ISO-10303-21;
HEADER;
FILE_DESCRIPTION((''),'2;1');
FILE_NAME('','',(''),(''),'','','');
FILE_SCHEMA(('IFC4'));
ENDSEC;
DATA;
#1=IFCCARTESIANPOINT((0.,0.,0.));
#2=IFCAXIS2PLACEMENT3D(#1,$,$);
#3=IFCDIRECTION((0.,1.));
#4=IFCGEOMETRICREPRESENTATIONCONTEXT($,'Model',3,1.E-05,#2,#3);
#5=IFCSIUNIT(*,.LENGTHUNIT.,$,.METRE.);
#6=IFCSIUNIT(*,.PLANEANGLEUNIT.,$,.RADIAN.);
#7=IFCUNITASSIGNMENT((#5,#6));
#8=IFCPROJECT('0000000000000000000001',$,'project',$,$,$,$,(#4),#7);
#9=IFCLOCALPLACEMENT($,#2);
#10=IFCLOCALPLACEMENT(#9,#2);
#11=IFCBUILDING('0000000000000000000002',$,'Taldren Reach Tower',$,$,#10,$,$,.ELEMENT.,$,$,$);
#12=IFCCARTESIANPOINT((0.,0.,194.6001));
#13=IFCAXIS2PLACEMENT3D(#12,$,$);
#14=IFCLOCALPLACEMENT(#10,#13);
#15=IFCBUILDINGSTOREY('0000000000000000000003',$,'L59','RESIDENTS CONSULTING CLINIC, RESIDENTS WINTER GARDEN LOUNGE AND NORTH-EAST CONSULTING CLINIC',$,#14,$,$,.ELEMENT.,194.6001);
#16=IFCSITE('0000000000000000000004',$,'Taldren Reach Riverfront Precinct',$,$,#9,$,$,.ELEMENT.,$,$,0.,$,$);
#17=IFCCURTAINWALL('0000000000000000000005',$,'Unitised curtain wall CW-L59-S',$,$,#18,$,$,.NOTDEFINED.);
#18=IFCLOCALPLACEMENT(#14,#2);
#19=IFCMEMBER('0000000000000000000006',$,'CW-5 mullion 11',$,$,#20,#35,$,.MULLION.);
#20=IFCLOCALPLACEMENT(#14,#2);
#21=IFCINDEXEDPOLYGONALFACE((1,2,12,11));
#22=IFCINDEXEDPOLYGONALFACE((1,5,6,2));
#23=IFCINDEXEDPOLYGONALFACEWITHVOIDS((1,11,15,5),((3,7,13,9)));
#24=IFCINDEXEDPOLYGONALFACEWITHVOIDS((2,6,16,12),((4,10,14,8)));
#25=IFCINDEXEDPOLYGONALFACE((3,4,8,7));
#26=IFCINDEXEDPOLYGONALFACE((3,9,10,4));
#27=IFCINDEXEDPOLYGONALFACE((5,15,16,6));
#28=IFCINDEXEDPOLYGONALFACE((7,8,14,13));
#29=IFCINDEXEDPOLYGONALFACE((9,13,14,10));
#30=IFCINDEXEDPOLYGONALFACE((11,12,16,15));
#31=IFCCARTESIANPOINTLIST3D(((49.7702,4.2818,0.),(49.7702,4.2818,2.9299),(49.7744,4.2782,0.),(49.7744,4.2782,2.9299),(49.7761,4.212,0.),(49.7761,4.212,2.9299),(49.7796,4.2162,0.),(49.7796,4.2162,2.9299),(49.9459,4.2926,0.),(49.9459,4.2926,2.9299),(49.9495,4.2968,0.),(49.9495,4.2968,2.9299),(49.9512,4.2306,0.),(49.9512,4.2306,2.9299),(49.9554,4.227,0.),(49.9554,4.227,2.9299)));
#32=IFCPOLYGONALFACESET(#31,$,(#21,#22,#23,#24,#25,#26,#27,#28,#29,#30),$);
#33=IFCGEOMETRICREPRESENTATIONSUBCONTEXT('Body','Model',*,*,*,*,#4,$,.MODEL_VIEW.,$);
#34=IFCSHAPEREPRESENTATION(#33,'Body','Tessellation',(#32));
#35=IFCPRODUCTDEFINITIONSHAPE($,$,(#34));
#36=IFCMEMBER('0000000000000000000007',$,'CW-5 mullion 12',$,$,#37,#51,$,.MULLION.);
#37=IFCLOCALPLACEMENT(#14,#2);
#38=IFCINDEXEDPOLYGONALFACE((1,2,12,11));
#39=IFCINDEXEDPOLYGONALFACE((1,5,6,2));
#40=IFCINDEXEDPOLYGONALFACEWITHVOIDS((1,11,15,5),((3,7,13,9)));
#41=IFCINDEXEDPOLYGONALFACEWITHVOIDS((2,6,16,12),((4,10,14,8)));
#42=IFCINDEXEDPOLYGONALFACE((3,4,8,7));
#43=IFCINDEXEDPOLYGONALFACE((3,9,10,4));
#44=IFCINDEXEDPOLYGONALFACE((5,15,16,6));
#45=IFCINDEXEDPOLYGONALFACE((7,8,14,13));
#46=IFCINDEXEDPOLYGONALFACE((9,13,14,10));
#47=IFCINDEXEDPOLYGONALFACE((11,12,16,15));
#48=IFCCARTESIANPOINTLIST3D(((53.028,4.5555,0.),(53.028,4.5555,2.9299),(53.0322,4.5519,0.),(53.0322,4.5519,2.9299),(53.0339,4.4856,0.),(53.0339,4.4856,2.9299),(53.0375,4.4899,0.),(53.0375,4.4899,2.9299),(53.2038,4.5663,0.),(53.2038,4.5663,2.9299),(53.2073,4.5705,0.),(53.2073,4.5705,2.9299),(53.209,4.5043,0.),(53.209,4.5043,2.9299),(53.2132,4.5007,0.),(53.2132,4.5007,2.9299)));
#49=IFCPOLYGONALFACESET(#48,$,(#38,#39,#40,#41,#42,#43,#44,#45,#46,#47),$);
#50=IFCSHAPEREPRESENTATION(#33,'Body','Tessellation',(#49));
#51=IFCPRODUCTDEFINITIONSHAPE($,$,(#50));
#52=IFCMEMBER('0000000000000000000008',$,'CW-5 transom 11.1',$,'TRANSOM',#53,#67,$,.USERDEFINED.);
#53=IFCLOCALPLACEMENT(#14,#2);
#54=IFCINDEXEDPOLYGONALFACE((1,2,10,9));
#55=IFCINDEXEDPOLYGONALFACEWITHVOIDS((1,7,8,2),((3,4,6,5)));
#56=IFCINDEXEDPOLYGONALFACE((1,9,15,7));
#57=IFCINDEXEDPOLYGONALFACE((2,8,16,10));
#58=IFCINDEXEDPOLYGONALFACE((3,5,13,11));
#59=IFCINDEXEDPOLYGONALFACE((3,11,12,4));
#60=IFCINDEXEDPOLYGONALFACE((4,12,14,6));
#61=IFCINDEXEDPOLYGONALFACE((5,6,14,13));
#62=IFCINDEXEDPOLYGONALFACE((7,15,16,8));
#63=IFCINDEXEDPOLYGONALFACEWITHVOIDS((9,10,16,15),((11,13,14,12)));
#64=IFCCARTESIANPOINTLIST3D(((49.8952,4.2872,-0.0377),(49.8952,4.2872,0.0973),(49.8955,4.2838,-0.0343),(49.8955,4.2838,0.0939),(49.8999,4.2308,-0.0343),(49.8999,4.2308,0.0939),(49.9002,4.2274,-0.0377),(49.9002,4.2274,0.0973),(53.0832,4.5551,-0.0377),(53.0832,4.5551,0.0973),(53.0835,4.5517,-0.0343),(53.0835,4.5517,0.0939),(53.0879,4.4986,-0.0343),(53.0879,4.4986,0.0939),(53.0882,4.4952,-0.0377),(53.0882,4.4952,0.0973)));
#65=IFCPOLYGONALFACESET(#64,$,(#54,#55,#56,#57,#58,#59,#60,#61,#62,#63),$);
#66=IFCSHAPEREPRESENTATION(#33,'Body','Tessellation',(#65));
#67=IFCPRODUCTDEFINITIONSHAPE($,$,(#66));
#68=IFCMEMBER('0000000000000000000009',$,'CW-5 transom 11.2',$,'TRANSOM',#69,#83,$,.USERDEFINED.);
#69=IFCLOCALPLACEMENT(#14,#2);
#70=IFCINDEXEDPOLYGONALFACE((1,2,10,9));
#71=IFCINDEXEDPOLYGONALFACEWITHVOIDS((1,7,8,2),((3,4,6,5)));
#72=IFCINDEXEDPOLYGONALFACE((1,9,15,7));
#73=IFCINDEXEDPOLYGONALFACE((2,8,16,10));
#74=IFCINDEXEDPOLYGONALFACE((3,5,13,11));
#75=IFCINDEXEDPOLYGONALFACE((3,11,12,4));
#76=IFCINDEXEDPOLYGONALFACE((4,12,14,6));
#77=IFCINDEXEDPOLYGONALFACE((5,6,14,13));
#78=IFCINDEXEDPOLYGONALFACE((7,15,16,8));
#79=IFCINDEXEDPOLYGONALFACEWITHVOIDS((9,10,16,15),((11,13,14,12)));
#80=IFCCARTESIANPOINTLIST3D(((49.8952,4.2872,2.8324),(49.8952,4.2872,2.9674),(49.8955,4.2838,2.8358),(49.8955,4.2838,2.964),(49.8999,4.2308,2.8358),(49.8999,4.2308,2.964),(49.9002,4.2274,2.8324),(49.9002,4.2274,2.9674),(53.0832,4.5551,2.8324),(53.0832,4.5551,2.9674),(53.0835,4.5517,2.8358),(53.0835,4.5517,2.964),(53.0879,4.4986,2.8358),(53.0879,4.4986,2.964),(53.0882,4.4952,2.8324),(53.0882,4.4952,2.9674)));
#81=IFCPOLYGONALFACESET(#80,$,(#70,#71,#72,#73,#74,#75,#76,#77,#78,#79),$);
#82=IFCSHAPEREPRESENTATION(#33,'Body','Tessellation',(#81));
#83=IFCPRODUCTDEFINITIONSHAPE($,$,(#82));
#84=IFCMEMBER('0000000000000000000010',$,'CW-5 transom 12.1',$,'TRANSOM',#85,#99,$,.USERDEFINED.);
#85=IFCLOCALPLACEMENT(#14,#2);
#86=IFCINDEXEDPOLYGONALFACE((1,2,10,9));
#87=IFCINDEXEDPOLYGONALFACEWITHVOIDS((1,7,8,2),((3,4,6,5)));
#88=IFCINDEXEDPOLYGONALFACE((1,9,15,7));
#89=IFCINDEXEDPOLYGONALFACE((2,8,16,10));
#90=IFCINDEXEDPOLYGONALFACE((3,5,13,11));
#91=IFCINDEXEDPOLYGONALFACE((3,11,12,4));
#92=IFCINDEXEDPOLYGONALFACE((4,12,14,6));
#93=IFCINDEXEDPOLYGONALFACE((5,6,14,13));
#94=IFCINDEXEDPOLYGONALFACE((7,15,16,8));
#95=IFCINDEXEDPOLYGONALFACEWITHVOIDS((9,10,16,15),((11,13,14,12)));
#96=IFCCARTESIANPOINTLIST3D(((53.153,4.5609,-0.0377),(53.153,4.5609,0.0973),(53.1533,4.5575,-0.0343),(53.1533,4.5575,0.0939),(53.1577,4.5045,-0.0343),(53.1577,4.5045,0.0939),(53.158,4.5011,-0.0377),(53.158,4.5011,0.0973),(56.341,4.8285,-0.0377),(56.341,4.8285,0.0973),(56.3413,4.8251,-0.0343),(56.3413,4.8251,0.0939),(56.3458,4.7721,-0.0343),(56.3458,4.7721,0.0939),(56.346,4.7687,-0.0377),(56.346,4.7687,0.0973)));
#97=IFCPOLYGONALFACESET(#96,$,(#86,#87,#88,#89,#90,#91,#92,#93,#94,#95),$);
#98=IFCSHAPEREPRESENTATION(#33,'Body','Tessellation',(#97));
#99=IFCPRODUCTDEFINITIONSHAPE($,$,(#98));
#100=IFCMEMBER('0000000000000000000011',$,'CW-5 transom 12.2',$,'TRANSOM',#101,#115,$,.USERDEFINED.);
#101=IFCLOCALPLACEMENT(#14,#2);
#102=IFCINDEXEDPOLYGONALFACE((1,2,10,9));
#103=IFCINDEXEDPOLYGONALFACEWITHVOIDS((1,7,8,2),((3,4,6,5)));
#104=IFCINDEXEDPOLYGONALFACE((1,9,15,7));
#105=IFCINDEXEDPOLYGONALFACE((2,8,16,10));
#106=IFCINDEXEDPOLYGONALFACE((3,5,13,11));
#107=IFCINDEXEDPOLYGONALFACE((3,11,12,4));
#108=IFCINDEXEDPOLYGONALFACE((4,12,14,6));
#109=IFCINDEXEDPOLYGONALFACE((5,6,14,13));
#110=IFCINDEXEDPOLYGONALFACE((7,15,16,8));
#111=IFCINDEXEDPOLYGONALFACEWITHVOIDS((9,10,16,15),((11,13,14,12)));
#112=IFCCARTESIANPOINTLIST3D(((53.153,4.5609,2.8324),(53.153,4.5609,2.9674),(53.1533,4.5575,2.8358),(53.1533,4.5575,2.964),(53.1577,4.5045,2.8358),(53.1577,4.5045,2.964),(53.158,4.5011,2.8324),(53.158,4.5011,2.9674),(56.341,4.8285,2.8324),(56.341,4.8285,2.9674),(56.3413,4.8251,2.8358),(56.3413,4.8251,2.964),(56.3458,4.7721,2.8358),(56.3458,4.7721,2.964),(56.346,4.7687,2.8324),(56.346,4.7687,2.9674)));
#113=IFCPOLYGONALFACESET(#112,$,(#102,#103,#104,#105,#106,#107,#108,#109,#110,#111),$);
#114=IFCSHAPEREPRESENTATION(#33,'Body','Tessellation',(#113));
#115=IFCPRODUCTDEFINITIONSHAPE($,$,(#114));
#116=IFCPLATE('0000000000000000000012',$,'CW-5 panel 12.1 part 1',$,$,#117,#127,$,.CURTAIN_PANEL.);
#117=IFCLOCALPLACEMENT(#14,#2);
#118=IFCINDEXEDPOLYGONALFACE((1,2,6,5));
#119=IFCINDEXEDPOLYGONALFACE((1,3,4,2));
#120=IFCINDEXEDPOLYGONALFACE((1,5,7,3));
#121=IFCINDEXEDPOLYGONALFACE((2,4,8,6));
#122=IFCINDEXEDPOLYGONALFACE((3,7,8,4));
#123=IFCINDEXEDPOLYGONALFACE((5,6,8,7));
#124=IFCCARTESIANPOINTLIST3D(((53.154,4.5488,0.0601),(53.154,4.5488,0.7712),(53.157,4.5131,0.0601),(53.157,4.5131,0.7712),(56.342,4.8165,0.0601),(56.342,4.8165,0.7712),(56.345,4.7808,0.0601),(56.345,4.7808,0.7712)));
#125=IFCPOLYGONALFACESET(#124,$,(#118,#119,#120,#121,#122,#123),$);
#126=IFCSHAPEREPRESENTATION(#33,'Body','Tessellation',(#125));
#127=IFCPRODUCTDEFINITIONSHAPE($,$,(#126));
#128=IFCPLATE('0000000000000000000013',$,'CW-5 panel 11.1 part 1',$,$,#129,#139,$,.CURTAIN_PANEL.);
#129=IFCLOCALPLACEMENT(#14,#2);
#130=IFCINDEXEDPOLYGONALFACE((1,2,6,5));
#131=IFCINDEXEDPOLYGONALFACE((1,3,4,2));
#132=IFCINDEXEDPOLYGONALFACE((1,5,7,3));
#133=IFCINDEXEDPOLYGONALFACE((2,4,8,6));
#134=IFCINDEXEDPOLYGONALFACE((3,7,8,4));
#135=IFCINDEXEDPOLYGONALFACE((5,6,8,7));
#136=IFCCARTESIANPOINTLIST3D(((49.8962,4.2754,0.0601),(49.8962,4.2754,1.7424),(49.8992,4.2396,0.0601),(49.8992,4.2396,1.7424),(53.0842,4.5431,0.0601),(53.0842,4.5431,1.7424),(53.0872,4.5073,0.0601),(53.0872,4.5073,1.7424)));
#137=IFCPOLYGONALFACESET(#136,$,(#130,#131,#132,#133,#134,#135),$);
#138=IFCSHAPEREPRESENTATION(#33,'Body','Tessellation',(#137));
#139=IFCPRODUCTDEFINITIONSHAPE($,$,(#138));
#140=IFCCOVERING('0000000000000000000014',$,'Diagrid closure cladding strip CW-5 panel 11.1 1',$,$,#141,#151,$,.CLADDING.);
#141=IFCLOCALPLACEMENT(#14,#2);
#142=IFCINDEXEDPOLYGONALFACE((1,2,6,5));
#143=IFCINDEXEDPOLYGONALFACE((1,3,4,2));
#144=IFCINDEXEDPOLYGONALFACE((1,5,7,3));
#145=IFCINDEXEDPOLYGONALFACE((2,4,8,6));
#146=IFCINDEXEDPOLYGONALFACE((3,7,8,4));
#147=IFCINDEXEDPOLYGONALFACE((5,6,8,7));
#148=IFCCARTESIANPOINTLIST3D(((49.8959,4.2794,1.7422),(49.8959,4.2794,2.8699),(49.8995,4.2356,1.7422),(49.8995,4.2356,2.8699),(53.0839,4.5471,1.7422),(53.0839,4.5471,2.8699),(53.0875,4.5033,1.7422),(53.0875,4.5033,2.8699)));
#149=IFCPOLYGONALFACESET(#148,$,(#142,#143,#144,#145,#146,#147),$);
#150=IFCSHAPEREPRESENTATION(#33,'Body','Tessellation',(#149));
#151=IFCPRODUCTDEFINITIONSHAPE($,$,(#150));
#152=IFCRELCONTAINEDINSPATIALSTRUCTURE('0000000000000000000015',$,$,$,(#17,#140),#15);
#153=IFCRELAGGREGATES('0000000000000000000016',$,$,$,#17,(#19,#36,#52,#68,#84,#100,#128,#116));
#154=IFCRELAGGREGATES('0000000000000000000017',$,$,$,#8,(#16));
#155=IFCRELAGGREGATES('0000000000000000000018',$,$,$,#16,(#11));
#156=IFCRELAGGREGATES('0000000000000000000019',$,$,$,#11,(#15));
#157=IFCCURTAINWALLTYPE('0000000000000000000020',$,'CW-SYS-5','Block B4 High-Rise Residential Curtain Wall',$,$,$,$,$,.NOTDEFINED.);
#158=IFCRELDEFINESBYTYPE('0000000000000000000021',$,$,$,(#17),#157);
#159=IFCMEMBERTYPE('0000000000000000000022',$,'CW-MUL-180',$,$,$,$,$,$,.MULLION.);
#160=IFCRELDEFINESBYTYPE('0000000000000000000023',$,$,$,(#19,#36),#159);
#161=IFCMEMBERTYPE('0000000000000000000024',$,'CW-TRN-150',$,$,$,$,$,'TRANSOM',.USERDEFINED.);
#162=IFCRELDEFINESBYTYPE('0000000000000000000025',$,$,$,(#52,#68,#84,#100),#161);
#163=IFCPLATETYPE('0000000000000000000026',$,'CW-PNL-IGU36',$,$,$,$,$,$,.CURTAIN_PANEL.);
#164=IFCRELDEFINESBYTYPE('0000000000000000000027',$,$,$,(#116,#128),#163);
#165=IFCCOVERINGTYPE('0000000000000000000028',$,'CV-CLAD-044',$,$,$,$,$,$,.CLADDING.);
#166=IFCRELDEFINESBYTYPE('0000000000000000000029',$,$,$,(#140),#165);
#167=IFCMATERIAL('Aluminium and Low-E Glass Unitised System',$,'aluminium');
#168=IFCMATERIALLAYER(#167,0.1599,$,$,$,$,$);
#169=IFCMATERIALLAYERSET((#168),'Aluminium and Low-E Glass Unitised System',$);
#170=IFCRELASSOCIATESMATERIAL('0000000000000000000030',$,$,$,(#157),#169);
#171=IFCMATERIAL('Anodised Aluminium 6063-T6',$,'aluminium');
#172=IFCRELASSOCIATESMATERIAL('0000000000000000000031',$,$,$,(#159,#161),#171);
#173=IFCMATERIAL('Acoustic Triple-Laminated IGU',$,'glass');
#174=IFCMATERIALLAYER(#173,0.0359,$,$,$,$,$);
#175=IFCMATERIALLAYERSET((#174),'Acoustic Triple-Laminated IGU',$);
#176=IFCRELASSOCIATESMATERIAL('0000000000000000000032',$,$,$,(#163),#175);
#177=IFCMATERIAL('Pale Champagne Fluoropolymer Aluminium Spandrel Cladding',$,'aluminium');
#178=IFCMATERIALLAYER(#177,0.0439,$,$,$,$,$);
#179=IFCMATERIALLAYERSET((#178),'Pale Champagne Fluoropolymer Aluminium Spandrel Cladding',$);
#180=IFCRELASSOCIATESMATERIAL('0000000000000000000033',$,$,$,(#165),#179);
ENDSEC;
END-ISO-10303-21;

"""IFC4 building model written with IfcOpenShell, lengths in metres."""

from ifc_helpers import new_model, si_unit, direction, frame, origin, origin_2d, place, context, subcontext, project, spatial, rectangle, hollow_rectangle, extrude, source, transform, mapped, material, layer, layer_set, material_profile, profile_set, type_object, element, aggregate, save


model = new_model("IFC4")

# Units and contexts
model_context = context("Model", 3, precision=1e-05, world=origin(), true_north=direction((0.0, 1.0)))
body_context = subcontext(model_context, "Body", "Model", "MODEL_VIEW")
ifc_project = project(units=[si_unit("LENGTHUNIT", "METRE"), si_unit("PLANEANGLEUNIT", "RADIAN")], contexts=[model_context])

# Site, building, storey
site_placement = place(None, origin())
site = spatial("IfcSite", under=ifc_project, at=site_placement, Name="Taldren Reach Riverfront Precinct", CompositionType="ELEMENT", RefElevation=0.0)
building_placement = place(site_placement, origin())
building = spatial("IfcBuilding", under=site, at=building_placement, Name="Taldren Reach Tower", CompositionType="ELEMENT")
storey_placement = place(building_placement, frame((0.0, 0.0, 194.6001)))
storey = spatial("IfcBuildingStorey", under=building, at=storey_placement, Name="L59", Description="RESIDENTS CONSULTING CLINIC, RESIDENTS WINTER GARDEN LOUNGE AND NORTH-EAST CONSULTING CLINIC", CompositionType="ELEMENT", Elevation=194.6001)

# Curtain wall, members, plates
ifc_material_1 = material(Name="Aluminium and Low-E Glass Unitised System", Category="aluminium")
ifc_layer_1 = layer(ifc_material_1, 0.1599)
ifc_layer_set_1 = layer_set([ifc_layer_1], Name="Aluminium and Low-E Glass Unitised System")
curtain_wall_type = type_object("IfcCurtainWallType", Name="CW-SYS-5", Description="Block B4 High-Rise Residential Curtain Wall", PredefinedType="NOTDEFINED", material=ifc_layer_set_1)
curtain_wall_placement = place(storey_placement, origin())
curtain_wall = element("IfcCurtainWall", 1, at=curtain_wall_placement, inside=storey, type_object=curtain_wall_type, Name="Unitised curtain wall CW-L59-S", PredefinedType="NOTDEFINED")
ifc_material_2 = material(Name="Anodised Aluminium 6063-T6", Category="aluminium")
ifc_material_profile_1 = material_profile(ifc_material_2, hollow_rectangle(XDim=0.0701, YDim=0.1799, WallThickness=0.0039, at=origin_2d()), Name="ALU-180x70x4RHS")
ifc_profile_set_1 = profile_set([ifc_material_profile_1], Name="Anodised Aluminium 6063-T6")
member_type_1 = type_object("IfcMemberType", Name="CW-MUL-180", PredefinedType="MULLION", material=ifc_profile_set_1)
shared_shape_1 = source(origin(), body_context, "Body", "SweptSolid", [
    extrude(hollow_rectangle(XDim=0.0701, YDim=0.1799, WallThickness=0.0039, at=origin_2d()), origin(), (0.0, 0.0, 1.0), 2.9299),
])
member_1_placement = place(storey_placement, frame((49.8628, 4.2544, 0.0), z_axis=(0.0, 0.0, 1.0), x_axis=(-0.083678, 0.996493, 0.0)))
member_1 = element("IfcMember", 2, at=member_1_placement, type_object=member_type_1, Name="CW-5 mullion 11", PredefinedType="MULLION", context=body_context, shape_type="MappedRepresentation", body=[
    mapped(shared_shape_1, transform((0.0, 0.0, 0.0), scale=1.0)),
])
member_2_placement = place(storey_placement, frame((53.1206, 4.5281, 0.0), z_axis=(0.0, 0.0, 1.0), x_axis=(-0.083678, 0.996493, 0.0)))
member_2 = element("IfcMember", 3, at=member_2_placement, type_object=member_type_1, Name="CW-5 mullion 12", PredefinedType="MULLION", context=body_context, shape_type="MappedRepresentation", body=[
    mapped(shared_shape_1, transform((0.0, 0.0, 0.0), scale=1.0)),
])
ifc_material_profile_2 = material_profile(ifc_material_2, hollow_rectangle(XDim=0.0601, YDim=0.135, WallThickness=0.0034, at=origin_2d()), Name="ALU-135x60x3.5RHS")
ifc_profile_set_2 = profile_set([ifc_material_profile_2], Name="Anodised Aluminium 6063-T6")
member_type_2 = type_object("IfcMemberType", Name="CW-TRN-150", ElementType="TRANSOM", PredefinedType="USERDEFINED", material=ifc_profile_set_2)
shared_shape_2 = source(origin(), body_context, "Body", "SweptSolid", [
    extrude(hollow_rectangle(XDim=0.0601, YDim=0.135, WallThickness=0.0034, at=origin_2d()), origin(), (0.0, 0.0, 1.0), 3.1992),
])
member_3_placement = place(storey_placement, frame((49.8977, 4.2573, 0.0298), z_axis=(0.99649, 0.083715, 0.0), x_axis=(-0.083715, 0.99649, 0.0)))
member_3 = element("IfcMember", 4, at=member_3_placement, type_object=member_type_2, Name="CW-5 transom 11.1", ObjectType="TRANSOM", PredefinedType="USERDEFINED", context=body_context, shape_type="MappedRepresentation", body=[
    mapped(shared_shape_2, transform((0.0, 0.0, 0.0), scale=1.0)),
])
member_4_placement = place(storey_placement, frame((49.8977, 4.2573, 2.8999), z_axis=(0.99649, 0.083715, 0.0), x_axis=(-0.083715, 0.99649, 0.0)))
member_4 = element("IfcMember", 5, at=member_4_placement, type_object=member_type_2, Name="CW-5 transom 11.2", ObjectType="TRANSOM", PredefinedType="USERDEFINED", context=body_context, shape_type="MappedRepresentation", body=[
    mapped(shared_shape_2, transform((0.0, 0.0, 0.0), scale=1.0)),
])
member_5_placement = place(storey_placement, frame((53.1555, 4.531, 0.0298), z_axis=(0.996496, 0.083639, 0.0), x_axis=(-0.083639, 0.996496, 0.0)))
member_5 = element("IfcMember", 6, at=member_5_placement, type_object=member_type_2, Name="CW-5 transom 12.1", ObjectType="TRANSOM", PredefinedType="USERDEFINED", context=body_context, shape_type="MappedRepresentation", body=[
    mapped(shared_shape_2, transform((0.0, 0.0, 0.0), scale=1.0)),
])
member_6_placement = place(storey_placement, frame((53.1555, 4.531, 2.8999), z_axis=(0.996496, 0.083639, 0.0), x_axis=(-0.083639, 0.996496, 0.0)))
member_6 = element("IfcMember", 7, at=member_6_placement, type_object=member_type_2, Name="CW-5 transom 12.2", ObjectType="TRANSOM", PredefinedType="USERDEFINED", context=body_context, shape_type="MappedRepresentation", body=[
    mapped(shared_shape_2, transform((0.0, 0.0, 0.0), scale=1.0)),
])
ifc_material_3 = material(Name="Acoustic Triple-Laminated IGU", Category="glass")
ifc_layer_2 = layer(ifc_material_3, 0.0359)
ifc_layer_set_2 = layer_set([ifc_layer_2], Name="Acoustic Triple-Laminated IGU")
plate_type = type_object("IfcPlateType", Name="CW-PNL-IGU36", PredefinedType="CURTAIN_PANEL", material=ifc_layer_set_2)
shared_shape_3 = source(origin(), body_context, "Body", "SweptSolid", [
    extrude(rectangle(XDim=3.1992, YDim=0.0359, at=origin_2d()), origin(), (0.0, 0.0, 1.0), 0.7112),
])
plate_1_placement = place(storey_placement, frame((54.7495, 4.6648, 0.0601), z_axis=(0.0, 0.0, 1.0), x_axis=(0.996493, 0.083678, 0.0)))
plate_1 = element("IfcPlate", 8, at=plate_1_placement, type_object=plate_type, Name="CW-5 panel 12.1 part 1", PredefinedType="CURTAIN_PANEL", context=body_context, shape_type="MappedRepresentation", body=[
    mapped(shared_shape_3, transform((0.0, 0.0, 0.0), scale=1.0)),
])
shared_shape_4 = source(origin(), body_context, "Body", "SweptSolid", [
    extrude(rectangle(XDim=3.1992, YDim=0.0359, at=origin_2d()), origin(), (0.0, 0.0, 1.0), 1.6824),
])
plate_2_placement = place(storey_placement, frame((51.4917, 4.3914, 0.0601), z_axis=(0.0, 0.0, 1.0), x_axis=(0.996493, 0.083678, 0.0)))
plate_2 = element("IfcPlate", 9, at=plate_2_placement, type_object=plate_type, Name="CW-5 panel 11.1 part 1", PredefinedType="CURTAIN_PANEL", context=body_context, shape_type="MappedRepresentation", body=[
    mapped(shared_shape_4, transform((0.0, 0.0, 0.0), scale=1.0)),
])
aggregate(curtain_wall, [member_1, member_2, member_3, member_4, member_5, member_6, plate_2, plate_1])

# Covering
ifc_material_4 = material(Name="Pale Champagne Fluoropolymer Aluminium Spandrel Cladding", Category="aluminium")
ifc_layer_3 = layer(ifc_material_4, 0.0439)
ifc_layer_set_3 = layer_set([ifc_layer_3], Name="Pale Champagne Fluoropolymer Aluminium Spandrel Cladding")
covering_type = type_object("IfcCoveringType", Name="CV-CLAD-044", PredefinedType="CLADDING", material=ifc_layer_set_3)
shared_shape_5 = source(origin(), body_context, "Body", "SweptSolid", [
    extrude(rectangle(XDim=3.1992, YDim=0.0439, at=origin_2d()), origin(), (0.0, 0.0, 1.0), 1.1277),
])
covering_placement = place(storey_placement, frame((51.4917, 4.3914, 1.7422), z_axis=(0.0, 0.0, 1.0), x_axis=(0.996493, 0.083678, 0.0)))
element("IfcCovering", 10, at=covering_placement, inside=storey, type_object=covering_type, Name="Diagrid closure cladding strip CW-5 panel 11.1 1", PredefinedType="CLADDING", context=body_context, shape_type="MappedRepresentation", body=[
    mapped(shared_shape_5, transform((0.0, 0.0, 0.0), scale=1.0)),
])

save(model, "model.ifc")
